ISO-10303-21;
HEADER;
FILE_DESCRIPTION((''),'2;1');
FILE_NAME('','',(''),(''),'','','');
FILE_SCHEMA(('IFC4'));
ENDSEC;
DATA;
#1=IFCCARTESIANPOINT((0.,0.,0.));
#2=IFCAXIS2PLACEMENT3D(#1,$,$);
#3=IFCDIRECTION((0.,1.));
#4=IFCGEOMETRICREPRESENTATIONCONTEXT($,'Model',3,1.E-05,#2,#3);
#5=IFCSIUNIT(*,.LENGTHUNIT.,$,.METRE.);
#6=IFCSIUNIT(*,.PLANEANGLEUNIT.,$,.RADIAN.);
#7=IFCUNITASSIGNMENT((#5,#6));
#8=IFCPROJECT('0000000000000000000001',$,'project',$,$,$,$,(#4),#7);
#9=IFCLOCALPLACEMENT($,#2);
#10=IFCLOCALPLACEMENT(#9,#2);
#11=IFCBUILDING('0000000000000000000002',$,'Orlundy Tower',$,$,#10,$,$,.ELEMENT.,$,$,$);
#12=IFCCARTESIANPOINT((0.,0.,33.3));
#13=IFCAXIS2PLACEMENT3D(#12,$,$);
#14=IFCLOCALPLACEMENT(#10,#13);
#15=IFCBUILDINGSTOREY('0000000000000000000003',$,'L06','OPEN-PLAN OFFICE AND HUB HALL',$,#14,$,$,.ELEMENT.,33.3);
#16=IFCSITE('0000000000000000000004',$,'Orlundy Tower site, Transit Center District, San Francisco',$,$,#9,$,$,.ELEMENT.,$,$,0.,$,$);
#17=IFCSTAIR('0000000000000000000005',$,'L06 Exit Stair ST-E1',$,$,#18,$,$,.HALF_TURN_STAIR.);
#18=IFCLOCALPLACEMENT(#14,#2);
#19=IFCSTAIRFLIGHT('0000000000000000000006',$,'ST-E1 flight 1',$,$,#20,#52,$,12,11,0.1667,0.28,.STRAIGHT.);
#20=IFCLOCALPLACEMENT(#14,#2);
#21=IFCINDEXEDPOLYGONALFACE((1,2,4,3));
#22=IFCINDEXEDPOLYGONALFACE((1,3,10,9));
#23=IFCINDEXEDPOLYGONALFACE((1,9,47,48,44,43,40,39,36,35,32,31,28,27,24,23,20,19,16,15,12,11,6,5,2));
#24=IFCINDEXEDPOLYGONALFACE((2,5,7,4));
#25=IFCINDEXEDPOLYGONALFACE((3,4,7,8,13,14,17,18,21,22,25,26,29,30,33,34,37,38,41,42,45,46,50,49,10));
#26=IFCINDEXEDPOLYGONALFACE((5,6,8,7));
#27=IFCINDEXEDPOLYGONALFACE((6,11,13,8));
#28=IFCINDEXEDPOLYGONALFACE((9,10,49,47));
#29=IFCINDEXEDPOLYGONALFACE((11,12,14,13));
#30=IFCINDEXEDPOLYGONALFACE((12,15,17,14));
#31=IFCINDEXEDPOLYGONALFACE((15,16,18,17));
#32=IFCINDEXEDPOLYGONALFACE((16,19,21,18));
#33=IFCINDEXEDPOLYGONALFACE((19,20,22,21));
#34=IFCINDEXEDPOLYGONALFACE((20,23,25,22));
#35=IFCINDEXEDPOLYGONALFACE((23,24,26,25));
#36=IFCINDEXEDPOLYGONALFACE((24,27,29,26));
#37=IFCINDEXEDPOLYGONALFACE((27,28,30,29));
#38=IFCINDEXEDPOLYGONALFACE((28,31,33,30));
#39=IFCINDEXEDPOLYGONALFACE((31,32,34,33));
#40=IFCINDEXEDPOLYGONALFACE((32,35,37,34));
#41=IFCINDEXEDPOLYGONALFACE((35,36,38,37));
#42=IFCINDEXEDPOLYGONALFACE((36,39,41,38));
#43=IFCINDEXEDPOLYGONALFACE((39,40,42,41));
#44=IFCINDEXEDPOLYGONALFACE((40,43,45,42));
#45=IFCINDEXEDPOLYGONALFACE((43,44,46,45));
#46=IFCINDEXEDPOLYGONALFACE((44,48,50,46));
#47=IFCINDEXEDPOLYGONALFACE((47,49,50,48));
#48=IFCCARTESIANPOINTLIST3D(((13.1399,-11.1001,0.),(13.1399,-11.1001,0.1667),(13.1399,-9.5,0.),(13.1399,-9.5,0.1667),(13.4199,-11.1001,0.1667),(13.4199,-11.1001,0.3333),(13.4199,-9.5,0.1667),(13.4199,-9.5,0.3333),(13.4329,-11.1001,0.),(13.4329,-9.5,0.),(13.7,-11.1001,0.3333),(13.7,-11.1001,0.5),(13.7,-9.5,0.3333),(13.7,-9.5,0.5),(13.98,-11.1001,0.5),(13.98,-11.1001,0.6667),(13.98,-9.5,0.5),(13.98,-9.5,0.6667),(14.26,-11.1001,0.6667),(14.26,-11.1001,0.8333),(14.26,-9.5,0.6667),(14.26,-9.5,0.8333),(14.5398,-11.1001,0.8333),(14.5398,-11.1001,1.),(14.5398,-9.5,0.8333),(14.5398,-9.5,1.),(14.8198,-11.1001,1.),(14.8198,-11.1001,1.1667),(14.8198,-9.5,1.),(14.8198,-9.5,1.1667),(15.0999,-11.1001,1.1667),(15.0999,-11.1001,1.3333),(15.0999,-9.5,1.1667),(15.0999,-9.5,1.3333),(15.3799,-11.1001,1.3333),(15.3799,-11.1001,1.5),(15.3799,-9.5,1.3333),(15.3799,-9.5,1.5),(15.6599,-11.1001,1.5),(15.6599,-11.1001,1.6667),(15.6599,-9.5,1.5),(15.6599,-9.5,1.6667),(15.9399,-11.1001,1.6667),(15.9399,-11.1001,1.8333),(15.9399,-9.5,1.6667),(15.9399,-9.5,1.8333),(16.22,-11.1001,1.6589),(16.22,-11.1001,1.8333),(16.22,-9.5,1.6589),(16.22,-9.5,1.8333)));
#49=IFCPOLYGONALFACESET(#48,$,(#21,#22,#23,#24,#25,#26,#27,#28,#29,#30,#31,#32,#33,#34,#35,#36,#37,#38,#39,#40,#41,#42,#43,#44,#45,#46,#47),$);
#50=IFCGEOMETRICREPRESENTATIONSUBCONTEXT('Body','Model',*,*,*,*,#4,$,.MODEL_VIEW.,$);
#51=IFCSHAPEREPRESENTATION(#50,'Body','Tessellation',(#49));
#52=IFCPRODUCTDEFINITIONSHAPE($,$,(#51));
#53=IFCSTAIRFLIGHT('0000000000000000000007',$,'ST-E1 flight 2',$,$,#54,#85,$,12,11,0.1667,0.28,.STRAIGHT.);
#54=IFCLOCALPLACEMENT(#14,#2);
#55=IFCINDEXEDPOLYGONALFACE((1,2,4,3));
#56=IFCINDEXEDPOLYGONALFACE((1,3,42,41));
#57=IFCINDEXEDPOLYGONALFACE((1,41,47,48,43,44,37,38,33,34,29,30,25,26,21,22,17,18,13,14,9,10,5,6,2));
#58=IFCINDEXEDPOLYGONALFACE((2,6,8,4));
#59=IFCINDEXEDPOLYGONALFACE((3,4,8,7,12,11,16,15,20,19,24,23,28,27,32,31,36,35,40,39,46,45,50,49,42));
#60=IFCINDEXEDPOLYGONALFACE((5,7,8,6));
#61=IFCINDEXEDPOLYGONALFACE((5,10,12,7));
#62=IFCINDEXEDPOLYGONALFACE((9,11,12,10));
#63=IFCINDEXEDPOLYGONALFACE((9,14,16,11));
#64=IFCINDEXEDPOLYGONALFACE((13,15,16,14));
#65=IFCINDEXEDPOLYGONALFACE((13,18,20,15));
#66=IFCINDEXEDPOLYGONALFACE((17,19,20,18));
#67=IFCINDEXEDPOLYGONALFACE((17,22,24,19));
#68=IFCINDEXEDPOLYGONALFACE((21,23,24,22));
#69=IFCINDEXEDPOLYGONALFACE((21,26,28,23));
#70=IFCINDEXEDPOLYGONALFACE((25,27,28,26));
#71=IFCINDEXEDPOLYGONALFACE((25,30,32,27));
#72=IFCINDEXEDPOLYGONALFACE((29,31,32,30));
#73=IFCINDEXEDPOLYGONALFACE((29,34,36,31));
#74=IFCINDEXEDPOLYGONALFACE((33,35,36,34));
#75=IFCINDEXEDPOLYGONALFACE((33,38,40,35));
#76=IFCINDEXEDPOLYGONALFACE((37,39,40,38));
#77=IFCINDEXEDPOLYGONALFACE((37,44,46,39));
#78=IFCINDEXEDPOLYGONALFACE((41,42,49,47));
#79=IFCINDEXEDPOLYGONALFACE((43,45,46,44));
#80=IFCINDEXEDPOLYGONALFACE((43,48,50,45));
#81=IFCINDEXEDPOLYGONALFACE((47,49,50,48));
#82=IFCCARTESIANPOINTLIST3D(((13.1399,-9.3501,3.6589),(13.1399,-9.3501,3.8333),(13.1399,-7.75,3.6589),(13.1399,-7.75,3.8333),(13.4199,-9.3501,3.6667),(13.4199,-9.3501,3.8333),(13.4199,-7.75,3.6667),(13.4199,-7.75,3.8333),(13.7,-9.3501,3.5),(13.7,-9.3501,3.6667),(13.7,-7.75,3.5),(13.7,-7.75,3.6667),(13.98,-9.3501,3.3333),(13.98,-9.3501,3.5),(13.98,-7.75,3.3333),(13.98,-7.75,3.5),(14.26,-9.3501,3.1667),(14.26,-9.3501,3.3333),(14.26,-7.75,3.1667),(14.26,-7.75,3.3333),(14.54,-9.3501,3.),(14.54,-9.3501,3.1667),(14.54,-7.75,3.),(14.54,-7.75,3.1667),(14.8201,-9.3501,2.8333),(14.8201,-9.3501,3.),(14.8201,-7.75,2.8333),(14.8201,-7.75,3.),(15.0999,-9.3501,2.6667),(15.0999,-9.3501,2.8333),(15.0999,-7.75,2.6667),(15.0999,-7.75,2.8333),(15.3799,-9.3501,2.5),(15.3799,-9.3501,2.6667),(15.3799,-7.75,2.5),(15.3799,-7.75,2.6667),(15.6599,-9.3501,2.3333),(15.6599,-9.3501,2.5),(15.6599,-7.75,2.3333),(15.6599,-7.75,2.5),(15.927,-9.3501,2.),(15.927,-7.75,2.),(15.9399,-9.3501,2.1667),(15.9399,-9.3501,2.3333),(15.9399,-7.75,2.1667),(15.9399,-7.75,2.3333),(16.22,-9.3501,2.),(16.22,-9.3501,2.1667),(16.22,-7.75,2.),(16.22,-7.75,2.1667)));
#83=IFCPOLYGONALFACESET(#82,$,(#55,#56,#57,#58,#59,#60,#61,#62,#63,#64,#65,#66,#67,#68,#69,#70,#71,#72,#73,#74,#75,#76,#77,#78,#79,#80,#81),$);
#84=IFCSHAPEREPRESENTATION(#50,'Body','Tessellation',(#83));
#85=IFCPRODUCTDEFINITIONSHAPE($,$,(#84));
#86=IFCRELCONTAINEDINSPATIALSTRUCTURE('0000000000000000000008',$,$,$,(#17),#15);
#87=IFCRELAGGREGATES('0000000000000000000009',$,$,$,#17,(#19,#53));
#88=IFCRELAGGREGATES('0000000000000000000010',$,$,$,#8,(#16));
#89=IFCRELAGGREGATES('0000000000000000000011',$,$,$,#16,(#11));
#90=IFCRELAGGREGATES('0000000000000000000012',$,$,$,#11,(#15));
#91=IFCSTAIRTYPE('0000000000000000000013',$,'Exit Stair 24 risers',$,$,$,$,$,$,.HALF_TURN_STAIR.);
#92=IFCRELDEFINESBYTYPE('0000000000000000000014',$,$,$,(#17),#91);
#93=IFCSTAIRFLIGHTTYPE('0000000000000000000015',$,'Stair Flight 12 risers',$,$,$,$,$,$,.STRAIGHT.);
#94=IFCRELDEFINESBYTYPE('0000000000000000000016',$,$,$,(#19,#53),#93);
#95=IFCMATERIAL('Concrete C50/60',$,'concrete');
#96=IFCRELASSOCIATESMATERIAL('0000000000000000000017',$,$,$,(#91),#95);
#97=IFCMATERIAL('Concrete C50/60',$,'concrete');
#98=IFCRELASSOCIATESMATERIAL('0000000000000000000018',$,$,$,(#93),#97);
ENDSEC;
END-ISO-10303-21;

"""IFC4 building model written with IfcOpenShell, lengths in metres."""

from ifc_helpers import new_model, si_unit, direction, frame, origin, place, context, subcontext, project, spatial, polyline, outline, extrude, material, type_object, element, aggregate, save


model = new_model("IFC4")

# Units and contexts
model_context = context("Model", 3, precision=1e-05, world=origin(), true_north=direction((0.0, 1.0)))
body_context = subcontext(model_context, "Body", "Model", "MODEL_VIEW")
ifc_project = project(units=[si_unit("LENGTHUNIT", "METRE"), si_unit("PLANEANGLEUNIT", "RADIAN")], contexts=[model_context])

# Site, building, storey
site_placement = place(None, origin())
site = spatial("IfcSite", under=ifc_project, at=site_placement, Name="Orlundy Tower site, Transit Center District, San Francisco", CompositionType="ELEMENT", RefElevation=0.0)
building_placement = place(site_placement, origin())
building = spatial("IfcBuilding", under=site, at=building_placement, Name="Orlundy Tower", CompositionType="ELEMENT")
storey_placement = place(building_placement, frame((0.0, 0.0, 33.3)))
storey = spatial("IfcBuildingStorey", under=building, at=storey_placement, Name="L06", Description="OPEN-PLAN OFFICE AND HUB HALL", CompositionType="ELEMENT", Elevation=33.3)

# Stair, stair flights
ifc_material_1 = material(Name="Concrete C50/60", Category="concrete")
stair_type = type_object("IfcStairType", Name="Exit Stair 24 risers", PredefinedType="HALF_TURN_STAIR", material=ifc_material_1)
stair_placement = place(storey_placement, origin())
stair = element("IfcStair", 1, at=stair_placement, inside=storey, type_object=stair_type, Name="L06 Exit Stair ST-E1", PredefinedType="HALF_TURN_STAIR")
ifc_material_2 = material(Name="Concrete C50/60", Category="concrete")
stair_flight_type = type_object("IfcStairFlightType", Name="Stair Flight 12 risers", PredefinedType="STRAIGHT", material=ifc_material_2)
stair_flight_1_placement = place(storey_placement, frame((13.1399, -10.3, 0.0), z_axis=(0.0, 0.0, 1.0), x_axis=(1.0, 0.0, 0.0)))
stair_flight_1 = element("IfcStairFlight", 2, at=stair_flight_1_placement, type_object=stair_flight_type, Name="ST-E1 flight 1", NumberOfRisers=12, NumberOfTreads=11, PredefinedType="STRAIGHT", RiserHeight=0.1667, TreadLength=0.28, context=body_context, shape_type="SweptSolid", body=[
    extrude(outline(polyline([(0.0, 0.0), (0.0, 0.1667), (0.28, 0.1667), (0.28, 0.3333), (0.5601, 0.3333), (0.5601, 0.5), (0.8401, 0.5), (0.8401, 0.6667), (1.1201, 0.6667), (1.1201, 0.8333), (1.3999, 0.8333), (1.3999, 1.0), (1.6799, 1.0), (1.6799, 1.1667), (1.96, 1.1667), (1.96, 1.3333), (2.24, 1.3333), (2.24, 1.5), (2.52, 1.5), (2.52, 1.6667), (2.8, 1.6667), (2.8, 1.8333), (3.0801, 1.8333), (3.0801, 2.0), (3.0801, 1.6589), (0.293, 0.0), (0.0, 0.0)])), frame((0.0, 0.8, 0.0), z_axis=(0.0, -1.0, 0.0), x_axis=(1.0, 0.0, 0.0)), (0.0, 0.0, 1.0), 1.6001),
])
stair_flight_2_placement = place(storey_placement, frame((16.22, -8.55, 2.0), z_axis=(0.0, 0.0, 1.0), x_axis=(-1.0, 0.0, 0.0)))
stair_flight_2 = element("IfcStairFlight", 3, at=stair_flight_2_placement, type_object=stair_flight_type, Name="ST-E1 flight 2", NumberOfRisers=12, NumberOfTreads=11, PredefinedType="STRAIGHT", RiserHeight=0.1667, TreadLength=0.28, context=body_context, shape_type="SweptSolid", body=[
    extrude(outline(polyline([(0.0, 0.0), (0.0, 0.1667), (0.28, 0.1667), (0.28, 0.3333), (0.5601, 0.3333), (0.5601, 0.5), (0.8401, 0.5), (0.8401, 0.6667), (1.1201, 0.6667), (1.1201, 0.8333), (1.3999, 0.8333), (1.3999, 1.0), (1.6799, 1.0), (1.6799, 1.1667), (1.96, 1.1667), (1.96, 1.3333), (2.24, 1.3333), (2.24, 1.5), (2.52, 1.5), (2.52, 1.6667), (2.8, 1.6667), (2.8, 1.8333), (3.0801, 1.8333), (3.0801, 2.0), (3.0801, 1.6589), (0.293, 0.0), (0.0, 0.0)])), frame((0.0, 0.8, 0.0), z_axis=(0.0, -1.0, 0.0), x_axis=(1.0, 0.0, 0.0)), (0.0, 0.0, 1.0), 1.6001),
])
aggregate(stair, [stair_flight_1, stair_flight_2])

save(model, "model.ifc")
